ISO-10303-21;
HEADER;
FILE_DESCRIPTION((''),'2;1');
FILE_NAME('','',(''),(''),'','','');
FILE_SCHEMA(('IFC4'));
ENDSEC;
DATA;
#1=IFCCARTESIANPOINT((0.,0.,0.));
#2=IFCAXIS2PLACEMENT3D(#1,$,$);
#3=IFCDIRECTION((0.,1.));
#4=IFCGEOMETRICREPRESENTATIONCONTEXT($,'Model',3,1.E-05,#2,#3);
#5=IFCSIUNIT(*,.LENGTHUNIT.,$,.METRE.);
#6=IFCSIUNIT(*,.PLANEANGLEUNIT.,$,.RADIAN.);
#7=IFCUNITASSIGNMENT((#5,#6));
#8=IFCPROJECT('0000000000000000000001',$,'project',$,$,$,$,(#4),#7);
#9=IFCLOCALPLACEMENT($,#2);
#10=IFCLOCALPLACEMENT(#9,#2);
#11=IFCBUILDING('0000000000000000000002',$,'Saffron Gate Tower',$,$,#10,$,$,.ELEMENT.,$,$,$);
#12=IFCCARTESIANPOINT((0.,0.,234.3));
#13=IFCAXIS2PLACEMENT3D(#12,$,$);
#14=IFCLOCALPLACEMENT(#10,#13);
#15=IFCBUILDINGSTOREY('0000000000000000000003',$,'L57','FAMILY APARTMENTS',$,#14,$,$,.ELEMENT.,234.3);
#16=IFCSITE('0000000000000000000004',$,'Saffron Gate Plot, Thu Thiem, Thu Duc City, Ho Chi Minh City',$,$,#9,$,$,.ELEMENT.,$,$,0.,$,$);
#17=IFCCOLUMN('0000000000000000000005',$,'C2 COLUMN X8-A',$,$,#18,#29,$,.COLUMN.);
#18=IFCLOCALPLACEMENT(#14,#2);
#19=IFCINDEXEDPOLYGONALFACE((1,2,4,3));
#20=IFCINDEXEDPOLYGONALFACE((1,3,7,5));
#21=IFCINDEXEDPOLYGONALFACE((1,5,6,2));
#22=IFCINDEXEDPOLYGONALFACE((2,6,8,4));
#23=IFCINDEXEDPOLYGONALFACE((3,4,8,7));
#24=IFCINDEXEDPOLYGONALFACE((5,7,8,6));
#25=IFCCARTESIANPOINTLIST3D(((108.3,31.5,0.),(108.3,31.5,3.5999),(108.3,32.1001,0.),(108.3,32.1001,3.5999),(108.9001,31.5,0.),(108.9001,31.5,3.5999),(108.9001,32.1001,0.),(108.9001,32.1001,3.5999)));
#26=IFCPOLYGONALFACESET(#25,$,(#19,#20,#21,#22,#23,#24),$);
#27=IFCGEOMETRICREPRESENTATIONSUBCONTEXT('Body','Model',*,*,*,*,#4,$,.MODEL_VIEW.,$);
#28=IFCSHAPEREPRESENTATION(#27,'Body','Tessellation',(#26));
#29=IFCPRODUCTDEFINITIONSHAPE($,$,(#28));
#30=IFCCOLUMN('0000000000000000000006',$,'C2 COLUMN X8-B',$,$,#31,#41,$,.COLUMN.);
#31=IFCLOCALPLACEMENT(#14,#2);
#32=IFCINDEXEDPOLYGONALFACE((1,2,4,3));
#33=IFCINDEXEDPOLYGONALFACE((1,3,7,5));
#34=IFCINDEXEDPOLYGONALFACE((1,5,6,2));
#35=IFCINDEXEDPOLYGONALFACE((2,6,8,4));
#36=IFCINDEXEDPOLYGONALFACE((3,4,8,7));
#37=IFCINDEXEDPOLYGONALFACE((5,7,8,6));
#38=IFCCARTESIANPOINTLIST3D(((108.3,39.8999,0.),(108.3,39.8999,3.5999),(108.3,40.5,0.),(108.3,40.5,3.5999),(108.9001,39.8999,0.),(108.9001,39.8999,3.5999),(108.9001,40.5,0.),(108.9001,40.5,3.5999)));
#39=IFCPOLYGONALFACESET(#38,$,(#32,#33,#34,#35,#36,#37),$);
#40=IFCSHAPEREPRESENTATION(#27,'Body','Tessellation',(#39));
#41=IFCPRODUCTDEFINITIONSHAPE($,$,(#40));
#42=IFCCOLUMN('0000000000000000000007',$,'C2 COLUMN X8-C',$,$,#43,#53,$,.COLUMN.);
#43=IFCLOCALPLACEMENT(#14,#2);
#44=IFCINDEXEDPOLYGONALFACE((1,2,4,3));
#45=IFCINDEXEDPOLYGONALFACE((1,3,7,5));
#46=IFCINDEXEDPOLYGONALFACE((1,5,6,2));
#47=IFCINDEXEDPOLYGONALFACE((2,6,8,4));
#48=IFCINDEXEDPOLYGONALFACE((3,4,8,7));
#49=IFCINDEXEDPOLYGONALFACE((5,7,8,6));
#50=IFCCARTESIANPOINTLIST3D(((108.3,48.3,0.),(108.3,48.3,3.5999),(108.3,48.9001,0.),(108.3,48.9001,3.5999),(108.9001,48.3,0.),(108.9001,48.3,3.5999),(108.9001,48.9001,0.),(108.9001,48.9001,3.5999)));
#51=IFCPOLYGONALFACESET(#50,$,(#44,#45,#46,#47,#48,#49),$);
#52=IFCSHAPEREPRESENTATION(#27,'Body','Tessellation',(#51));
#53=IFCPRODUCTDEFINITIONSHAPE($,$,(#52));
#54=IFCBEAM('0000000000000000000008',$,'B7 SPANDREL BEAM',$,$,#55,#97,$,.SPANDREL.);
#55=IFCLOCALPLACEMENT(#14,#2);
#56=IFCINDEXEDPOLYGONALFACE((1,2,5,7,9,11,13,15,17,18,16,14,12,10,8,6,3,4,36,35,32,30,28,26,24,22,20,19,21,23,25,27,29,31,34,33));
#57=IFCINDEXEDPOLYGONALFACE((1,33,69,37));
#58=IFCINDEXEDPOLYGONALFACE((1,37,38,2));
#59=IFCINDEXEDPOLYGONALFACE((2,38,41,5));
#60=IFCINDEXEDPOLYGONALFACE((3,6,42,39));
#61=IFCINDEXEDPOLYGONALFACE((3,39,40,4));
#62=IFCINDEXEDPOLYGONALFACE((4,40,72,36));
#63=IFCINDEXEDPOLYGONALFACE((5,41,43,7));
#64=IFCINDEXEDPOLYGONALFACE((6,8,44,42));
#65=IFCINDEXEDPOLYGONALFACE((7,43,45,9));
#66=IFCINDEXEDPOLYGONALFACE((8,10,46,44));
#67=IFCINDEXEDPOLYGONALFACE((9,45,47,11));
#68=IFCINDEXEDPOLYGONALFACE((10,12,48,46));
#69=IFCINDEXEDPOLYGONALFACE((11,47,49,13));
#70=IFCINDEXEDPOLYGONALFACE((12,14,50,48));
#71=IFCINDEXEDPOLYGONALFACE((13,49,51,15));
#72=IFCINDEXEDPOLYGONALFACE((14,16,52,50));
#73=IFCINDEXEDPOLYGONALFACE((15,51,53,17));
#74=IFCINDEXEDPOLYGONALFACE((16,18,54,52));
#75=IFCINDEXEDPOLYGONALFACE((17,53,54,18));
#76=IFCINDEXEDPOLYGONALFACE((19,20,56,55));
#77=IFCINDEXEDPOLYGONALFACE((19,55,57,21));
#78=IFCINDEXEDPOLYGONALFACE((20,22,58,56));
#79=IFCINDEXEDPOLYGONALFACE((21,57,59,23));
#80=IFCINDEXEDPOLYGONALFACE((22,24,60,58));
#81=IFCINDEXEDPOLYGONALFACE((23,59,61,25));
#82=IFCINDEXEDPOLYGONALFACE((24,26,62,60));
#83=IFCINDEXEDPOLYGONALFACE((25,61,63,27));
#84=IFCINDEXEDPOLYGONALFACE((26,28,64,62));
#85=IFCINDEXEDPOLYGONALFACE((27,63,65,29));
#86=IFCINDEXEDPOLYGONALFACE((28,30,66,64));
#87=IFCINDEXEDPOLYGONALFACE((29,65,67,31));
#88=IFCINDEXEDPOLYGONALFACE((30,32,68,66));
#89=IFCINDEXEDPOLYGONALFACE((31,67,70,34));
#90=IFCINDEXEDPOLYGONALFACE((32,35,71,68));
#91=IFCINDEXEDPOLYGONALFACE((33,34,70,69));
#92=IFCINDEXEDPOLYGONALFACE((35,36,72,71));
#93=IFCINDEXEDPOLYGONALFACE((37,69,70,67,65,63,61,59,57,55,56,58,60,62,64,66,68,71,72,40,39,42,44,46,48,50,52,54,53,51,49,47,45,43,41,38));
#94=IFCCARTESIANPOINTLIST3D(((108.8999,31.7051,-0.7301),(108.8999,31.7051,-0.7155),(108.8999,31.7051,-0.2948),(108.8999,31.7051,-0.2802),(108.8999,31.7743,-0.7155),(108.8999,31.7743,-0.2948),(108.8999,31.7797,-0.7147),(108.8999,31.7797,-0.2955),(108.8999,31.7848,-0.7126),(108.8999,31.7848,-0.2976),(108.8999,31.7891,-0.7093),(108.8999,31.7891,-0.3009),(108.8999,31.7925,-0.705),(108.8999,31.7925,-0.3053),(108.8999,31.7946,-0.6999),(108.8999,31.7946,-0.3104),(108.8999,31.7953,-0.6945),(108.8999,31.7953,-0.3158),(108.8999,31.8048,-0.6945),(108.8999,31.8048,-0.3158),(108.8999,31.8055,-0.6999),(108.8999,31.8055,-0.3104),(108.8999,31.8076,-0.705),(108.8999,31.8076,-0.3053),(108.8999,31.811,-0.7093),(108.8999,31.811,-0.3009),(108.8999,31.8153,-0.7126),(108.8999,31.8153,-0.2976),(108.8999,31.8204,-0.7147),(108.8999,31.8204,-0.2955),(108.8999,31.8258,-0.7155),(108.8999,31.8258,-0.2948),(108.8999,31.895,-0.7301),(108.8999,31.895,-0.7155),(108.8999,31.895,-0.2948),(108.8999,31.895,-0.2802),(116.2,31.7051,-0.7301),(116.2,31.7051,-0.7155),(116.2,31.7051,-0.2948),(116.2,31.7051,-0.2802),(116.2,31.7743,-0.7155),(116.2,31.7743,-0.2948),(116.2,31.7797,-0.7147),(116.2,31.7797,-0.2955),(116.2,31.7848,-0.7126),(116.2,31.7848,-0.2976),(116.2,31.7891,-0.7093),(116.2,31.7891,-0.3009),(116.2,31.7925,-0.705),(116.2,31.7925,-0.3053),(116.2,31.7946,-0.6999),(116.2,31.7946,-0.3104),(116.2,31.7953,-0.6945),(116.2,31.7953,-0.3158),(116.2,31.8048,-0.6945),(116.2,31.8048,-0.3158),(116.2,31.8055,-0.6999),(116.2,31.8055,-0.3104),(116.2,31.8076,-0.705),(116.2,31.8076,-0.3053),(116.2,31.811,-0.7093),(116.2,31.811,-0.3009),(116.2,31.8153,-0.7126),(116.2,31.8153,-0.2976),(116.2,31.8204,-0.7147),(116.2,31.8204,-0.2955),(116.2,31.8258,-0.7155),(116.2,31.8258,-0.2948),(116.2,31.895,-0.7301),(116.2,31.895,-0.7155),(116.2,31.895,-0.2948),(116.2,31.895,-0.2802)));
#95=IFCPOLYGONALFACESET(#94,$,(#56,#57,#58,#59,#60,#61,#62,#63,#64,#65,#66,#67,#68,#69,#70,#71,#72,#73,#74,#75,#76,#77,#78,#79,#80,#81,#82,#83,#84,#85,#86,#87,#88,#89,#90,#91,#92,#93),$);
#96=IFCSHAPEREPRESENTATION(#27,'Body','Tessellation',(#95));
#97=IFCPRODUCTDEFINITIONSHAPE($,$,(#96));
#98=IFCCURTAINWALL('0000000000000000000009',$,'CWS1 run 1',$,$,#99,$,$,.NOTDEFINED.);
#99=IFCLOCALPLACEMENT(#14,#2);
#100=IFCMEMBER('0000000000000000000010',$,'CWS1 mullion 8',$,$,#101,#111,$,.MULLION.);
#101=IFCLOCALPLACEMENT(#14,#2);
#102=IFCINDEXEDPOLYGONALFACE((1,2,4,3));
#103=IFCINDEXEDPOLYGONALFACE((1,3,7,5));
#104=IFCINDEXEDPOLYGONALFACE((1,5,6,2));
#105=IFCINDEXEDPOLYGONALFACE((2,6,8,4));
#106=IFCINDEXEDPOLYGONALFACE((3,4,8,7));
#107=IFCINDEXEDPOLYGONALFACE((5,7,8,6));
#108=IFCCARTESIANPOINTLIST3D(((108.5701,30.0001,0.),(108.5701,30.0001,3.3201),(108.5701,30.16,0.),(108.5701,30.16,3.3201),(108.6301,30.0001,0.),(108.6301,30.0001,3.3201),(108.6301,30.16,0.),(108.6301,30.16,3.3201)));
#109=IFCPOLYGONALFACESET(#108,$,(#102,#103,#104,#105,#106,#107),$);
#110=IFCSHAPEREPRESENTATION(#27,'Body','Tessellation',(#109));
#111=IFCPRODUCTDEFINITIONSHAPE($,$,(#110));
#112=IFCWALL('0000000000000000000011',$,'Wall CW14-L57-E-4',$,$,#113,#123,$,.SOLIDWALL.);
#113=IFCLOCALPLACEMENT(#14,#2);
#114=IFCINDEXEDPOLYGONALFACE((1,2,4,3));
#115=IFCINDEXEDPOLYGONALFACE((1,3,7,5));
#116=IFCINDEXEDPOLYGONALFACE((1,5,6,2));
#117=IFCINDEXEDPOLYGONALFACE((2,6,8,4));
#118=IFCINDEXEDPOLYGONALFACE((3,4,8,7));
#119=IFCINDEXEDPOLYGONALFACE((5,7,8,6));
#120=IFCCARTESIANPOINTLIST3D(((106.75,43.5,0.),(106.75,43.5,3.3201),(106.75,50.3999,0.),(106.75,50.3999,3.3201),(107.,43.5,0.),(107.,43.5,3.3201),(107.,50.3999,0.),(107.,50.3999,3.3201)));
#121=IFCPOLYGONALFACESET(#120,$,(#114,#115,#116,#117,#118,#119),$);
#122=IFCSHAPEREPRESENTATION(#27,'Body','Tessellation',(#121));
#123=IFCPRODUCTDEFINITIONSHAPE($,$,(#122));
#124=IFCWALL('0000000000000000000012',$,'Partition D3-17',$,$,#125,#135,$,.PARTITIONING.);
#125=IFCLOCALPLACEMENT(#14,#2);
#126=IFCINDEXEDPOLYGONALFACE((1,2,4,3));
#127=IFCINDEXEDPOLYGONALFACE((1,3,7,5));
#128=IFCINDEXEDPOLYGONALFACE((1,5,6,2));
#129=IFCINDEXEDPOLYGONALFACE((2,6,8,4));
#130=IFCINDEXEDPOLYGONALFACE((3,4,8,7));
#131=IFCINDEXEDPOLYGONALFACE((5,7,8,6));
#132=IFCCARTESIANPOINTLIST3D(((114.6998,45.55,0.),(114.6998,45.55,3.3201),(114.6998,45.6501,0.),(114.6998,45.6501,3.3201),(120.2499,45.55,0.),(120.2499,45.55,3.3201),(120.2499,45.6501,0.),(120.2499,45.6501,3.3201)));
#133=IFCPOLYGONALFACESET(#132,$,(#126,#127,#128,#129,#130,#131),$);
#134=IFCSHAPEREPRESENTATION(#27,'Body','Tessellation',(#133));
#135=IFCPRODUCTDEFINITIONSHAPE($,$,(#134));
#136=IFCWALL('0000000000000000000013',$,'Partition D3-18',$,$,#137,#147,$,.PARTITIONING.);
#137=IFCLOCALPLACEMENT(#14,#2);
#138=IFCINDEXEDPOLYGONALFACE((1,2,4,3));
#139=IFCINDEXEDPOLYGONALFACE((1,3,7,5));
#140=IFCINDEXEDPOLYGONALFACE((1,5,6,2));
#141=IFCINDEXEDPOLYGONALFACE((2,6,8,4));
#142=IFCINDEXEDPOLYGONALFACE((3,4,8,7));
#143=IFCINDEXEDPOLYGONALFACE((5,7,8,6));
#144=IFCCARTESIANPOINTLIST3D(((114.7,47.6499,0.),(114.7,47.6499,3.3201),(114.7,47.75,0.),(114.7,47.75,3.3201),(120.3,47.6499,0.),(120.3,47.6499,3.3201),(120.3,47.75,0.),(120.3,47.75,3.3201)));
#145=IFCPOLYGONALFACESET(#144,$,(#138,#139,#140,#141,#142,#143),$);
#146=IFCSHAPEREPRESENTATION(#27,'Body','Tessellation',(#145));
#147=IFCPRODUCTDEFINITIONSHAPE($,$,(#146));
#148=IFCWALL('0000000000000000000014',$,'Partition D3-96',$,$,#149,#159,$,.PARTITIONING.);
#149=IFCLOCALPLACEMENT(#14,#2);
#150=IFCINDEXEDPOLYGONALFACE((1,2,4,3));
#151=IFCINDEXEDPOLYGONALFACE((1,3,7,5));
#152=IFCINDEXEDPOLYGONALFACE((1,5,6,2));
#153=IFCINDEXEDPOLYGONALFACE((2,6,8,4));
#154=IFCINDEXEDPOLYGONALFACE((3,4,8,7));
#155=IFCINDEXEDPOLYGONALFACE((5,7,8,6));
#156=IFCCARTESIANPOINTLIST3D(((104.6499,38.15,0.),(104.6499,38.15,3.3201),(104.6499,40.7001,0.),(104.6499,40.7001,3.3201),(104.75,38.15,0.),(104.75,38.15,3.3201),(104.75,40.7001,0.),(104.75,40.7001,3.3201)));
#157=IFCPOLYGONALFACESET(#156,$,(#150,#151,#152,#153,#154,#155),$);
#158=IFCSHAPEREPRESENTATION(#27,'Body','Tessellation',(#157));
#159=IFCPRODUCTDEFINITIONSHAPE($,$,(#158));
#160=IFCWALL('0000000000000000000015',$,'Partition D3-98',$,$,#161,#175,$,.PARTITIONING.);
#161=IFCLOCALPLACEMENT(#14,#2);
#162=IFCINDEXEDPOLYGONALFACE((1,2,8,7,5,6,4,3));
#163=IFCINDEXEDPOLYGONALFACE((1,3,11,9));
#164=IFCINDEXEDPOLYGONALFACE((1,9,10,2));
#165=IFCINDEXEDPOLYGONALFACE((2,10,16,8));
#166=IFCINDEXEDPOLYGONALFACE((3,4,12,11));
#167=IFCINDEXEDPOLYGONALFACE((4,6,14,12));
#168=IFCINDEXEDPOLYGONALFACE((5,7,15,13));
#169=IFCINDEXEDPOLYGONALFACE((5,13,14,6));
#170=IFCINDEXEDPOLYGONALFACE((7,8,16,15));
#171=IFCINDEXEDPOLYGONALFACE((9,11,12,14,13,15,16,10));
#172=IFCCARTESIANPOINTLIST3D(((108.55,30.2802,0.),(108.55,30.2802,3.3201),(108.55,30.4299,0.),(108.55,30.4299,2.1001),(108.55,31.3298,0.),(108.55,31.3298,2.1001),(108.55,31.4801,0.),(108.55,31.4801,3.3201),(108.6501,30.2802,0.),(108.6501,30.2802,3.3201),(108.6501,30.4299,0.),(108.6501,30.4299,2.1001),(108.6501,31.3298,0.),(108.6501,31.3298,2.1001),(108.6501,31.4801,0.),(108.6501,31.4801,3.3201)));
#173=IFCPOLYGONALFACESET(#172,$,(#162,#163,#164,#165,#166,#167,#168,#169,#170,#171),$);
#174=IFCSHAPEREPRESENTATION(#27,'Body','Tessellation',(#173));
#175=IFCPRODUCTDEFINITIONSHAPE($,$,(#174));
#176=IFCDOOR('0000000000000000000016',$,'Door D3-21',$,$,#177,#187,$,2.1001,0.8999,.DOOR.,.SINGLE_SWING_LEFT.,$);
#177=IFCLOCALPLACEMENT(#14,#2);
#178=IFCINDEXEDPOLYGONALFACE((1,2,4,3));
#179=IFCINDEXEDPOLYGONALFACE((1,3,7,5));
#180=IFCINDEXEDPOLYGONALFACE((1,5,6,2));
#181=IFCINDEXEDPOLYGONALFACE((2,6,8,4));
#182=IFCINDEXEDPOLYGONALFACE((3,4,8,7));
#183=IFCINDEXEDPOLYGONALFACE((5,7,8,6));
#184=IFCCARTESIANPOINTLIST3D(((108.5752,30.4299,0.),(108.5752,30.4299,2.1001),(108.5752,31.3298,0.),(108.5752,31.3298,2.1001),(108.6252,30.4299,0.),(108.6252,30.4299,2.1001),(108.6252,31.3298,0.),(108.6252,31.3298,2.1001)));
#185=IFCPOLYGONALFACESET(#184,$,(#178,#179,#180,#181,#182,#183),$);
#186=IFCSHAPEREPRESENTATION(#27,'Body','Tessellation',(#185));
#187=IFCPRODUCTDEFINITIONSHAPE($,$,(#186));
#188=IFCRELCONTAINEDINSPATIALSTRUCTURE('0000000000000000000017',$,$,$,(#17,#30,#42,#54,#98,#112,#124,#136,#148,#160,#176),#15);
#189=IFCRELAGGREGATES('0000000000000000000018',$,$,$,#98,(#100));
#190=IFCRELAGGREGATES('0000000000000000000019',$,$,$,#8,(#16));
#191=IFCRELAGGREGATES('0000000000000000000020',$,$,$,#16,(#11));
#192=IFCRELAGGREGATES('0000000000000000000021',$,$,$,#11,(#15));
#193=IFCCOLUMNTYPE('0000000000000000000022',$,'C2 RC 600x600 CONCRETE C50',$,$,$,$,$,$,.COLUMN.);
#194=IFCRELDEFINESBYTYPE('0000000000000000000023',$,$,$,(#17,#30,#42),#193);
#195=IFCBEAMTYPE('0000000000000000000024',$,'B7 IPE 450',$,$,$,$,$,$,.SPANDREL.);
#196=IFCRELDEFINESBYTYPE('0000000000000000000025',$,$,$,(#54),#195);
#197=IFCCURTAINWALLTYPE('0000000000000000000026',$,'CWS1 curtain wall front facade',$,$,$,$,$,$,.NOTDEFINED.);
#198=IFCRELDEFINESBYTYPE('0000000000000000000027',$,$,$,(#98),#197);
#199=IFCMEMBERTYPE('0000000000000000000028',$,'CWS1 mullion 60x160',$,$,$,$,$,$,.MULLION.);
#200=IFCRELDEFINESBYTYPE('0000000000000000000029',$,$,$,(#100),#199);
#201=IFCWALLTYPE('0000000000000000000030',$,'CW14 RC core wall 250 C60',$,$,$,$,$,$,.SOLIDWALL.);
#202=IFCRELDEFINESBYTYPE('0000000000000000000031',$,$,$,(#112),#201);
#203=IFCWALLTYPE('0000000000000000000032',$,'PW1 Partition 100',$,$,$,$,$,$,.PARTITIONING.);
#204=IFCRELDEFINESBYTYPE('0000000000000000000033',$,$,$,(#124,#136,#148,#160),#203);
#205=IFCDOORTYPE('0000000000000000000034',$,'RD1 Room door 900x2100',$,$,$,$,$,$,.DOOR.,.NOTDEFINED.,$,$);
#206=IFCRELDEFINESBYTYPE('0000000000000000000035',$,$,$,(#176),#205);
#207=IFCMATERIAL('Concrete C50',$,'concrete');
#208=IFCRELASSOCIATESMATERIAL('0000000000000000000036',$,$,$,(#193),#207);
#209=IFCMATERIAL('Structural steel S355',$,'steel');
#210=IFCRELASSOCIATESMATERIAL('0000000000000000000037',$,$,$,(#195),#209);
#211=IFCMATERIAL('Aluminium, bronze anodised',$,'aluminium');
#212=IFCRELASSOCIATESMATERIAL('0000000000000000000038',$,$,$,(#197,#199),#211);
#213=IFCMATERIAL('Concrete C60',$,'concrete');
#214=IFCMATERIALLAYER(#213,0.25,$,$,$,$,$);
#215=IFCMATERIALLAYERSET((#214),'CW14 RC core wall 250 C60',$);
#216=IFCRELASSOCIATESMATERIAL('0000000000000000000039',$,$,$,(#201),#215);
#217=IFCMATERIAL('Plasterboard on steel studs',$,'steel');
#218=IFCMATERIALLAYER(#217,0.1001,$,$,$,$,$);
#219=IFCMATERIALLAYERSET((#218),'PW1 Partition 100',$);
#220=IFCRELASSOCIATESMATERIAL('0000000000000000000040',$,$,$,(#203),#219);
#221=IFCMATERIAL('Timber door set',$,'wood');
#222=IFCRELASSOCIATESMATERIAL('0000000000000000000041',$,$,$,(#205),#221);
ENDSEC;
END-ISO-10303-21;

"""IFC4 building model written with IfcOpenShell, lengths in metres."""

from ifc_helpers import new_model, si_unit, direction, frame, frame_2d, origin, origin_2d, place, context, subcontext, project, spatial, rectangle, i_section, extrude, material, layer, layer_set, material_profile, profile_set, type_object, element, fill, aggregate, save


model = new_model("IFC4")

# Units and contexts
model_context = context("Model", 3, precision=1e-05, world=origin(), true_north=direction((0.0, 1.0)))
body_context = subcontext(model_context, "Body", "Model", "MODEL_VIEW")
ifc_project = project(units=[si_unit("LENGTHUNIT", "METRE"), si_unit("PLANEANGLEUNIT", "RADIAN")], contexts=[model_context])

# Site, building, storey
site_placement = place(None, origin())
site = spatial("IfcSite", under=ifc_project, at=site_placement, Name="Saffron Gate Plot, Thu Thiem, Thu Duc City, Ho Chi Minh City", CompositionType="ELEMENT", RefElevation=0.0)
building_placement = place(site_placement, origin())
building = spatial("IfcBuilding", under=site, at=building_placement, Name="Saffron Gate Tower", CompositionType="ELEMENT")
storey_placement = place(building_placement, frame((0.0, 0.0, 234.3)))
storey = spatial("IfcBuildingStorey", under=building, at=storey_placement, Name="L57", Description="FAMILY APARTMENTS", CompositionType="ELEMENT", Elevation=234.3)

# Columns
ifc_material_1 = material(Name="Concrete C50", Category="concrete")
ifc_material_profile_1 = material_profile(ifc_material_1, rectangle(XDim=0.6001, YDim=0.6001, at=origin_2d()))
ifc_profile_set_1 = profile_set([ifc_material_profile_1], Name="Concrete C50")
column_type = type_object("IfcColumnType", Name="C2 RC 600x600 CONCRETE C50", PredefinedType="COLUMN", material=ifc_profile_set_1)
for number, where, z_axis, x_axis, name in (
    (1, (108.6001, 31.8, 0.0), (0.0, 0.0, 1.0), (1.0, 0.0, 0.0), "C2 COLUMN X8-A"),
    (2, (108.6001, 40.2, 0.0), (0.0, 0.0, 1.0), (1.0, 0.0, 0.0), "C2 COLUMN X8-B"),
    (3, (108.6001, 48.6001, 0.0), (0.0, 0.0, 1.0), (1.0, 0.0, 0.0), "C2 COLUMN X8-C"),
):
    element("IfcColumn", number, at=place(storey_placement, frame(where, z_axis=z_axis, x_axis=x_axis)), inside=storey, type_object=column_type, Name=name, PredefinedType="COLUMN", context=body_context, shape_type="SweptSolid", body=[
        extrude(rectangle(XDim=0.6001, YDim=0.6001, at=origin_2d()), origin(), (0.0, 0.0, 1.0), 3.5999),
    ])

# Beam
ifc_material_2 = material(Name="Structural steel S355", Category="steel")
ifc_material_profile_2 = material_profile(ifc_material_2, i_section(OverallWidth=0.1899, OverallDepth=0.45, WebThickness=0.0095, FlangeThickness=0.0146, FilletRadius=0.021, at=origin_2d()))
ifc_profile_set_2 = profile_set([ifc_material_profile_2], Name="Structural steel S355")
beam_type = type_object("IfcBeamType", Name="B7 IPE 450", PredefinedType="SPANDREL", material=ifc_profile_set_2)
beam_placement = place(storey_placement, frame((108.8999, 31.8, -0.5051), z_axis=(1.0, 0.0, 0.0), x_axis=(0.0, 1.0, 0.0)))
element("IfcBeam", 4, at=beam_placement, inside=storey, type_object=beam_type, Name="B7 SPANDREL BEAM", PredefinedType="SPANDREL", context=body_context, shape_type="SweptSolid", body=[
    extrude(i_section(OverallWidth=0.1899, OverallDepth=0.45, WebThickness=0.0095, FlangeThickness=0.0146, FilletRadius=0.021, at=origin_2d()), origin(), (0.0, 0.0, 1.0), 7.3),
])

# Curtain wall, member
ifc_material_3 = material(Name="Aluminium, bronze anodised", Category="aluminium")
curtain_wall_type = type_object("IfcCurtainWallType", Name="CWS1 curtain wall front facade", PredefinedType="NOTDEFINED", material=ifc_material_3)
curtain_wall_placement = place(storey_placement, origin())
curtain_wall = element("IfcCurtainWall", 5, at=curtain_wall_placement, inside=storey, type_object=curtain_wall_type, Name="CWS1 run 1", PredefinedType="NOTDEFINED")
ifc_material_profile_3 = material_profile(ifc_material_3, rectangle(XDim=0.1599, YDim=0.0601, at=origin_2d()))
ifc_profile_set_3 = profile_set([ifc_material_profile_3], Name="Aluminium, bronze anodised")
member_type = type_object("IfcMemberType", Name="CWS1 mullion 60x160", PredefinedType="MULLION", material=ifc_profile_set_3)
member_placement = place(storey_placement, frame((108.6001, 30.0801, 0.0), z_axis=(0.0, 0.0, 1.0), x_axis=(0.0, 1.0, 0.0)))
member = element("IfcMember", 6, at=member_placement, type_object=member_type, Name="CWS1 mullion 8", PredefinedType="MULLION", context=body_context, shape_type="SweptSolid", body=[
    extrude(rectangle(XDim=0.1599, YDim=0.0601, at=origin_2d()), origin(), (0.0, 0.0, 1.0), 3.3201),
])
aggregate(curtain_wall, [member])

# Walls
ifc_material_4 = material(Name="Concrete C60", Category="concrete")
ifc_layer_1 = layer(ifc_material_4, 0.25)
ifc_layer_set_1 = layer_set([ifc_layer_1], Name="CW14 RC core wall 250 C60")
wall_type_1 = type_object("IfcWallType", Name="CW14 RC core wall 250 C60", PredefinedType="SOLIDWALL", material=ifc_layer_set_1)
wall_1_placement = place(storey_placement, frame((106.875, 43.5, 0.0), z_axis=(0.0, 0.0, 1.0), x_axis=(0.0, 1.0, 0.0)))
element("IfcWall", 7, at=wall_1_placement, inside=storey, type_object=wall_type_1, Name="Wall CW14-L57-E-4", PredefinedType="SOLIDWALL", context=body_context, shape_type="SweptSolid", body=[
    extrude(rectangle(XDim=6.8999, YDim=0.25, at=frame_2d((3.45, 0.0))), origin(), (0.0, 0.0, 1.0), 3.3201),
])
ifc_material_5 = material(Name="Plasterboard on steel studs", Category="steel")
ifc_layer_2 = layer(ifc_material_5, 0.1001)
ifc_layer_set_2 = layer_set([ifc_layer_2], Name="PW1 Partition 100")
wall_type_2 = type_object("IfcWallType", Name="PW1 Partition 100", PredefinedType="PARTITIONING", material=ifc_layer_set_2)
wall_2_placement = place(storey_placement, frame((114.7, 45.6001, 0.0), z_axis=(0.0, 0.0, 1.0), x_axis=(1.0, 0.0, 0.0)))
element("IfcWall", 8, at=wall_2_placement, inside=storey, type_object=wall_type_2, Name="Partition D3-17", PredefinedType="PARTITIONING", context=body_context, shape_type="SweptSolid", body=[
    extrude(rectangle(XDim=5.55, YDim=0.1001, at=frame_2d((2.7749, 0.0))), origin(), (0.0, 0.0, 1.0), 3.3201),
])
wall_3_placement = place(storey_placement, frame((114.7, 47.7, 0.0), z_axis=(0.0, 0.0, 1.0), x_axis=(1.0, 0.0, 0.0)))
element("IfcWall", 9, at=wall_3_placement, inside=storey, type_object=wall_type_2, Name="Partition D3-18", PredefinedType="PARTITIONING", context=body_context, shape_type="SweptSolid", body=[
    extrude(rectangle(XDim=5.6001, YDim=0.1001, at=frame_2d((2.8, 0.0))), origin(), (0.0, 0.0, 1.0), 3.3201),
])
wall_4_placement = place(storey_placement, frame((104.7, 40.7, 0.0), z_axis=(0.0, 0.0, 1.0), x_axis=(0.0, -1.0, 0.0)))
element("IfcWall", 10, at=wall_4_placement, inside=storey, type_object=wall_type_2, Name="Partition D3-96", PredefinedType="PARTITIONING", context=body_context, shape_type="SweptSolid", body=[
    extrude(rectangle(XDim=2.55, YDim=0.1001, at=frame_2d((1.2749, 0.0))), origin(), (0.0, 0.0, 1.0), 3.3201),
])

# Wall, opening, door
wall_5_placement = place(storey_placement, frame((108.6001, 30.28, 0.0), z_axis=(0.0, 0.0, 1.0), x_axis=(0.0, 1.0, 0.0)))
wall_5 = element("IfcWall", 11, at=wall_5_placement, inside=storey, type_object=wall_type_2, Name="Partition D3-98", PredefinedType="PARTITIONING", context=body_context, shape_type="SweptSolid", body=[
    extrude(rectangle(XDim=1.2, YDim=0.1001, at=frame_2d((0.6001, 0.0))), origin(), (0.0, 0.0, 1.0), 3.3201),
])
opening_1_placement = place(wall_5_placement, frame((0.1499, 0.0, 0.0)))
opening_1 = element("IfcOpeningElement", 12, at=opening_1_placement, cuts=wall_5, PredefinedType="OPENING", context=body_context, shape_type="SweptSolid", body=[
    extrude(rectangle(XDim=0.8999, YDim=2.1001, at=frame_2d((0.45, 1.05))), frame((0.0, 0.0601, 0.0), z_axis=(0.0, -1.0, 0.0), x_axis=(1.0, 0.0, 0.0)), (0.0, 0.0, 1.0), 0.1201),
])
ifc_material_6 = material(Name="Timber door set", Category="wood")
door_type_1 = type_object("IfcDoorType", Name="RD1 Room door 900x2100", OperationType="NOTDEFINED", PredefinedType="DOOR", material=ifc_material_6)
door_1_placement = place(opening_1_placement, origin())
door_1 = element("IfcDoor", 13, at=door_1_placement, inside=storey, type_object=door_type_1, Name="Door D3-21", OperationType="SINGLE_SWING_LEFT", OverallHeight=2.1001, OverallWidth=0.8999, PredefinedType="DOOR", context=body_context, shape_type="SweptSolid", body=[
    extrude(rectangle(XDim=0.8999, YDim=2.1001, at=frame_2d((0.45, 1.05))), frame((0.0, 0.0249, 0.0), z_axis=(0.0, -1.0, 0.0), x_axis=(1.0, 0.0, 0.0)), (0.0, 0.0, 1.0), 0.05),
])
fill(opening_1, door_1)

save(model, "model.ifc")
